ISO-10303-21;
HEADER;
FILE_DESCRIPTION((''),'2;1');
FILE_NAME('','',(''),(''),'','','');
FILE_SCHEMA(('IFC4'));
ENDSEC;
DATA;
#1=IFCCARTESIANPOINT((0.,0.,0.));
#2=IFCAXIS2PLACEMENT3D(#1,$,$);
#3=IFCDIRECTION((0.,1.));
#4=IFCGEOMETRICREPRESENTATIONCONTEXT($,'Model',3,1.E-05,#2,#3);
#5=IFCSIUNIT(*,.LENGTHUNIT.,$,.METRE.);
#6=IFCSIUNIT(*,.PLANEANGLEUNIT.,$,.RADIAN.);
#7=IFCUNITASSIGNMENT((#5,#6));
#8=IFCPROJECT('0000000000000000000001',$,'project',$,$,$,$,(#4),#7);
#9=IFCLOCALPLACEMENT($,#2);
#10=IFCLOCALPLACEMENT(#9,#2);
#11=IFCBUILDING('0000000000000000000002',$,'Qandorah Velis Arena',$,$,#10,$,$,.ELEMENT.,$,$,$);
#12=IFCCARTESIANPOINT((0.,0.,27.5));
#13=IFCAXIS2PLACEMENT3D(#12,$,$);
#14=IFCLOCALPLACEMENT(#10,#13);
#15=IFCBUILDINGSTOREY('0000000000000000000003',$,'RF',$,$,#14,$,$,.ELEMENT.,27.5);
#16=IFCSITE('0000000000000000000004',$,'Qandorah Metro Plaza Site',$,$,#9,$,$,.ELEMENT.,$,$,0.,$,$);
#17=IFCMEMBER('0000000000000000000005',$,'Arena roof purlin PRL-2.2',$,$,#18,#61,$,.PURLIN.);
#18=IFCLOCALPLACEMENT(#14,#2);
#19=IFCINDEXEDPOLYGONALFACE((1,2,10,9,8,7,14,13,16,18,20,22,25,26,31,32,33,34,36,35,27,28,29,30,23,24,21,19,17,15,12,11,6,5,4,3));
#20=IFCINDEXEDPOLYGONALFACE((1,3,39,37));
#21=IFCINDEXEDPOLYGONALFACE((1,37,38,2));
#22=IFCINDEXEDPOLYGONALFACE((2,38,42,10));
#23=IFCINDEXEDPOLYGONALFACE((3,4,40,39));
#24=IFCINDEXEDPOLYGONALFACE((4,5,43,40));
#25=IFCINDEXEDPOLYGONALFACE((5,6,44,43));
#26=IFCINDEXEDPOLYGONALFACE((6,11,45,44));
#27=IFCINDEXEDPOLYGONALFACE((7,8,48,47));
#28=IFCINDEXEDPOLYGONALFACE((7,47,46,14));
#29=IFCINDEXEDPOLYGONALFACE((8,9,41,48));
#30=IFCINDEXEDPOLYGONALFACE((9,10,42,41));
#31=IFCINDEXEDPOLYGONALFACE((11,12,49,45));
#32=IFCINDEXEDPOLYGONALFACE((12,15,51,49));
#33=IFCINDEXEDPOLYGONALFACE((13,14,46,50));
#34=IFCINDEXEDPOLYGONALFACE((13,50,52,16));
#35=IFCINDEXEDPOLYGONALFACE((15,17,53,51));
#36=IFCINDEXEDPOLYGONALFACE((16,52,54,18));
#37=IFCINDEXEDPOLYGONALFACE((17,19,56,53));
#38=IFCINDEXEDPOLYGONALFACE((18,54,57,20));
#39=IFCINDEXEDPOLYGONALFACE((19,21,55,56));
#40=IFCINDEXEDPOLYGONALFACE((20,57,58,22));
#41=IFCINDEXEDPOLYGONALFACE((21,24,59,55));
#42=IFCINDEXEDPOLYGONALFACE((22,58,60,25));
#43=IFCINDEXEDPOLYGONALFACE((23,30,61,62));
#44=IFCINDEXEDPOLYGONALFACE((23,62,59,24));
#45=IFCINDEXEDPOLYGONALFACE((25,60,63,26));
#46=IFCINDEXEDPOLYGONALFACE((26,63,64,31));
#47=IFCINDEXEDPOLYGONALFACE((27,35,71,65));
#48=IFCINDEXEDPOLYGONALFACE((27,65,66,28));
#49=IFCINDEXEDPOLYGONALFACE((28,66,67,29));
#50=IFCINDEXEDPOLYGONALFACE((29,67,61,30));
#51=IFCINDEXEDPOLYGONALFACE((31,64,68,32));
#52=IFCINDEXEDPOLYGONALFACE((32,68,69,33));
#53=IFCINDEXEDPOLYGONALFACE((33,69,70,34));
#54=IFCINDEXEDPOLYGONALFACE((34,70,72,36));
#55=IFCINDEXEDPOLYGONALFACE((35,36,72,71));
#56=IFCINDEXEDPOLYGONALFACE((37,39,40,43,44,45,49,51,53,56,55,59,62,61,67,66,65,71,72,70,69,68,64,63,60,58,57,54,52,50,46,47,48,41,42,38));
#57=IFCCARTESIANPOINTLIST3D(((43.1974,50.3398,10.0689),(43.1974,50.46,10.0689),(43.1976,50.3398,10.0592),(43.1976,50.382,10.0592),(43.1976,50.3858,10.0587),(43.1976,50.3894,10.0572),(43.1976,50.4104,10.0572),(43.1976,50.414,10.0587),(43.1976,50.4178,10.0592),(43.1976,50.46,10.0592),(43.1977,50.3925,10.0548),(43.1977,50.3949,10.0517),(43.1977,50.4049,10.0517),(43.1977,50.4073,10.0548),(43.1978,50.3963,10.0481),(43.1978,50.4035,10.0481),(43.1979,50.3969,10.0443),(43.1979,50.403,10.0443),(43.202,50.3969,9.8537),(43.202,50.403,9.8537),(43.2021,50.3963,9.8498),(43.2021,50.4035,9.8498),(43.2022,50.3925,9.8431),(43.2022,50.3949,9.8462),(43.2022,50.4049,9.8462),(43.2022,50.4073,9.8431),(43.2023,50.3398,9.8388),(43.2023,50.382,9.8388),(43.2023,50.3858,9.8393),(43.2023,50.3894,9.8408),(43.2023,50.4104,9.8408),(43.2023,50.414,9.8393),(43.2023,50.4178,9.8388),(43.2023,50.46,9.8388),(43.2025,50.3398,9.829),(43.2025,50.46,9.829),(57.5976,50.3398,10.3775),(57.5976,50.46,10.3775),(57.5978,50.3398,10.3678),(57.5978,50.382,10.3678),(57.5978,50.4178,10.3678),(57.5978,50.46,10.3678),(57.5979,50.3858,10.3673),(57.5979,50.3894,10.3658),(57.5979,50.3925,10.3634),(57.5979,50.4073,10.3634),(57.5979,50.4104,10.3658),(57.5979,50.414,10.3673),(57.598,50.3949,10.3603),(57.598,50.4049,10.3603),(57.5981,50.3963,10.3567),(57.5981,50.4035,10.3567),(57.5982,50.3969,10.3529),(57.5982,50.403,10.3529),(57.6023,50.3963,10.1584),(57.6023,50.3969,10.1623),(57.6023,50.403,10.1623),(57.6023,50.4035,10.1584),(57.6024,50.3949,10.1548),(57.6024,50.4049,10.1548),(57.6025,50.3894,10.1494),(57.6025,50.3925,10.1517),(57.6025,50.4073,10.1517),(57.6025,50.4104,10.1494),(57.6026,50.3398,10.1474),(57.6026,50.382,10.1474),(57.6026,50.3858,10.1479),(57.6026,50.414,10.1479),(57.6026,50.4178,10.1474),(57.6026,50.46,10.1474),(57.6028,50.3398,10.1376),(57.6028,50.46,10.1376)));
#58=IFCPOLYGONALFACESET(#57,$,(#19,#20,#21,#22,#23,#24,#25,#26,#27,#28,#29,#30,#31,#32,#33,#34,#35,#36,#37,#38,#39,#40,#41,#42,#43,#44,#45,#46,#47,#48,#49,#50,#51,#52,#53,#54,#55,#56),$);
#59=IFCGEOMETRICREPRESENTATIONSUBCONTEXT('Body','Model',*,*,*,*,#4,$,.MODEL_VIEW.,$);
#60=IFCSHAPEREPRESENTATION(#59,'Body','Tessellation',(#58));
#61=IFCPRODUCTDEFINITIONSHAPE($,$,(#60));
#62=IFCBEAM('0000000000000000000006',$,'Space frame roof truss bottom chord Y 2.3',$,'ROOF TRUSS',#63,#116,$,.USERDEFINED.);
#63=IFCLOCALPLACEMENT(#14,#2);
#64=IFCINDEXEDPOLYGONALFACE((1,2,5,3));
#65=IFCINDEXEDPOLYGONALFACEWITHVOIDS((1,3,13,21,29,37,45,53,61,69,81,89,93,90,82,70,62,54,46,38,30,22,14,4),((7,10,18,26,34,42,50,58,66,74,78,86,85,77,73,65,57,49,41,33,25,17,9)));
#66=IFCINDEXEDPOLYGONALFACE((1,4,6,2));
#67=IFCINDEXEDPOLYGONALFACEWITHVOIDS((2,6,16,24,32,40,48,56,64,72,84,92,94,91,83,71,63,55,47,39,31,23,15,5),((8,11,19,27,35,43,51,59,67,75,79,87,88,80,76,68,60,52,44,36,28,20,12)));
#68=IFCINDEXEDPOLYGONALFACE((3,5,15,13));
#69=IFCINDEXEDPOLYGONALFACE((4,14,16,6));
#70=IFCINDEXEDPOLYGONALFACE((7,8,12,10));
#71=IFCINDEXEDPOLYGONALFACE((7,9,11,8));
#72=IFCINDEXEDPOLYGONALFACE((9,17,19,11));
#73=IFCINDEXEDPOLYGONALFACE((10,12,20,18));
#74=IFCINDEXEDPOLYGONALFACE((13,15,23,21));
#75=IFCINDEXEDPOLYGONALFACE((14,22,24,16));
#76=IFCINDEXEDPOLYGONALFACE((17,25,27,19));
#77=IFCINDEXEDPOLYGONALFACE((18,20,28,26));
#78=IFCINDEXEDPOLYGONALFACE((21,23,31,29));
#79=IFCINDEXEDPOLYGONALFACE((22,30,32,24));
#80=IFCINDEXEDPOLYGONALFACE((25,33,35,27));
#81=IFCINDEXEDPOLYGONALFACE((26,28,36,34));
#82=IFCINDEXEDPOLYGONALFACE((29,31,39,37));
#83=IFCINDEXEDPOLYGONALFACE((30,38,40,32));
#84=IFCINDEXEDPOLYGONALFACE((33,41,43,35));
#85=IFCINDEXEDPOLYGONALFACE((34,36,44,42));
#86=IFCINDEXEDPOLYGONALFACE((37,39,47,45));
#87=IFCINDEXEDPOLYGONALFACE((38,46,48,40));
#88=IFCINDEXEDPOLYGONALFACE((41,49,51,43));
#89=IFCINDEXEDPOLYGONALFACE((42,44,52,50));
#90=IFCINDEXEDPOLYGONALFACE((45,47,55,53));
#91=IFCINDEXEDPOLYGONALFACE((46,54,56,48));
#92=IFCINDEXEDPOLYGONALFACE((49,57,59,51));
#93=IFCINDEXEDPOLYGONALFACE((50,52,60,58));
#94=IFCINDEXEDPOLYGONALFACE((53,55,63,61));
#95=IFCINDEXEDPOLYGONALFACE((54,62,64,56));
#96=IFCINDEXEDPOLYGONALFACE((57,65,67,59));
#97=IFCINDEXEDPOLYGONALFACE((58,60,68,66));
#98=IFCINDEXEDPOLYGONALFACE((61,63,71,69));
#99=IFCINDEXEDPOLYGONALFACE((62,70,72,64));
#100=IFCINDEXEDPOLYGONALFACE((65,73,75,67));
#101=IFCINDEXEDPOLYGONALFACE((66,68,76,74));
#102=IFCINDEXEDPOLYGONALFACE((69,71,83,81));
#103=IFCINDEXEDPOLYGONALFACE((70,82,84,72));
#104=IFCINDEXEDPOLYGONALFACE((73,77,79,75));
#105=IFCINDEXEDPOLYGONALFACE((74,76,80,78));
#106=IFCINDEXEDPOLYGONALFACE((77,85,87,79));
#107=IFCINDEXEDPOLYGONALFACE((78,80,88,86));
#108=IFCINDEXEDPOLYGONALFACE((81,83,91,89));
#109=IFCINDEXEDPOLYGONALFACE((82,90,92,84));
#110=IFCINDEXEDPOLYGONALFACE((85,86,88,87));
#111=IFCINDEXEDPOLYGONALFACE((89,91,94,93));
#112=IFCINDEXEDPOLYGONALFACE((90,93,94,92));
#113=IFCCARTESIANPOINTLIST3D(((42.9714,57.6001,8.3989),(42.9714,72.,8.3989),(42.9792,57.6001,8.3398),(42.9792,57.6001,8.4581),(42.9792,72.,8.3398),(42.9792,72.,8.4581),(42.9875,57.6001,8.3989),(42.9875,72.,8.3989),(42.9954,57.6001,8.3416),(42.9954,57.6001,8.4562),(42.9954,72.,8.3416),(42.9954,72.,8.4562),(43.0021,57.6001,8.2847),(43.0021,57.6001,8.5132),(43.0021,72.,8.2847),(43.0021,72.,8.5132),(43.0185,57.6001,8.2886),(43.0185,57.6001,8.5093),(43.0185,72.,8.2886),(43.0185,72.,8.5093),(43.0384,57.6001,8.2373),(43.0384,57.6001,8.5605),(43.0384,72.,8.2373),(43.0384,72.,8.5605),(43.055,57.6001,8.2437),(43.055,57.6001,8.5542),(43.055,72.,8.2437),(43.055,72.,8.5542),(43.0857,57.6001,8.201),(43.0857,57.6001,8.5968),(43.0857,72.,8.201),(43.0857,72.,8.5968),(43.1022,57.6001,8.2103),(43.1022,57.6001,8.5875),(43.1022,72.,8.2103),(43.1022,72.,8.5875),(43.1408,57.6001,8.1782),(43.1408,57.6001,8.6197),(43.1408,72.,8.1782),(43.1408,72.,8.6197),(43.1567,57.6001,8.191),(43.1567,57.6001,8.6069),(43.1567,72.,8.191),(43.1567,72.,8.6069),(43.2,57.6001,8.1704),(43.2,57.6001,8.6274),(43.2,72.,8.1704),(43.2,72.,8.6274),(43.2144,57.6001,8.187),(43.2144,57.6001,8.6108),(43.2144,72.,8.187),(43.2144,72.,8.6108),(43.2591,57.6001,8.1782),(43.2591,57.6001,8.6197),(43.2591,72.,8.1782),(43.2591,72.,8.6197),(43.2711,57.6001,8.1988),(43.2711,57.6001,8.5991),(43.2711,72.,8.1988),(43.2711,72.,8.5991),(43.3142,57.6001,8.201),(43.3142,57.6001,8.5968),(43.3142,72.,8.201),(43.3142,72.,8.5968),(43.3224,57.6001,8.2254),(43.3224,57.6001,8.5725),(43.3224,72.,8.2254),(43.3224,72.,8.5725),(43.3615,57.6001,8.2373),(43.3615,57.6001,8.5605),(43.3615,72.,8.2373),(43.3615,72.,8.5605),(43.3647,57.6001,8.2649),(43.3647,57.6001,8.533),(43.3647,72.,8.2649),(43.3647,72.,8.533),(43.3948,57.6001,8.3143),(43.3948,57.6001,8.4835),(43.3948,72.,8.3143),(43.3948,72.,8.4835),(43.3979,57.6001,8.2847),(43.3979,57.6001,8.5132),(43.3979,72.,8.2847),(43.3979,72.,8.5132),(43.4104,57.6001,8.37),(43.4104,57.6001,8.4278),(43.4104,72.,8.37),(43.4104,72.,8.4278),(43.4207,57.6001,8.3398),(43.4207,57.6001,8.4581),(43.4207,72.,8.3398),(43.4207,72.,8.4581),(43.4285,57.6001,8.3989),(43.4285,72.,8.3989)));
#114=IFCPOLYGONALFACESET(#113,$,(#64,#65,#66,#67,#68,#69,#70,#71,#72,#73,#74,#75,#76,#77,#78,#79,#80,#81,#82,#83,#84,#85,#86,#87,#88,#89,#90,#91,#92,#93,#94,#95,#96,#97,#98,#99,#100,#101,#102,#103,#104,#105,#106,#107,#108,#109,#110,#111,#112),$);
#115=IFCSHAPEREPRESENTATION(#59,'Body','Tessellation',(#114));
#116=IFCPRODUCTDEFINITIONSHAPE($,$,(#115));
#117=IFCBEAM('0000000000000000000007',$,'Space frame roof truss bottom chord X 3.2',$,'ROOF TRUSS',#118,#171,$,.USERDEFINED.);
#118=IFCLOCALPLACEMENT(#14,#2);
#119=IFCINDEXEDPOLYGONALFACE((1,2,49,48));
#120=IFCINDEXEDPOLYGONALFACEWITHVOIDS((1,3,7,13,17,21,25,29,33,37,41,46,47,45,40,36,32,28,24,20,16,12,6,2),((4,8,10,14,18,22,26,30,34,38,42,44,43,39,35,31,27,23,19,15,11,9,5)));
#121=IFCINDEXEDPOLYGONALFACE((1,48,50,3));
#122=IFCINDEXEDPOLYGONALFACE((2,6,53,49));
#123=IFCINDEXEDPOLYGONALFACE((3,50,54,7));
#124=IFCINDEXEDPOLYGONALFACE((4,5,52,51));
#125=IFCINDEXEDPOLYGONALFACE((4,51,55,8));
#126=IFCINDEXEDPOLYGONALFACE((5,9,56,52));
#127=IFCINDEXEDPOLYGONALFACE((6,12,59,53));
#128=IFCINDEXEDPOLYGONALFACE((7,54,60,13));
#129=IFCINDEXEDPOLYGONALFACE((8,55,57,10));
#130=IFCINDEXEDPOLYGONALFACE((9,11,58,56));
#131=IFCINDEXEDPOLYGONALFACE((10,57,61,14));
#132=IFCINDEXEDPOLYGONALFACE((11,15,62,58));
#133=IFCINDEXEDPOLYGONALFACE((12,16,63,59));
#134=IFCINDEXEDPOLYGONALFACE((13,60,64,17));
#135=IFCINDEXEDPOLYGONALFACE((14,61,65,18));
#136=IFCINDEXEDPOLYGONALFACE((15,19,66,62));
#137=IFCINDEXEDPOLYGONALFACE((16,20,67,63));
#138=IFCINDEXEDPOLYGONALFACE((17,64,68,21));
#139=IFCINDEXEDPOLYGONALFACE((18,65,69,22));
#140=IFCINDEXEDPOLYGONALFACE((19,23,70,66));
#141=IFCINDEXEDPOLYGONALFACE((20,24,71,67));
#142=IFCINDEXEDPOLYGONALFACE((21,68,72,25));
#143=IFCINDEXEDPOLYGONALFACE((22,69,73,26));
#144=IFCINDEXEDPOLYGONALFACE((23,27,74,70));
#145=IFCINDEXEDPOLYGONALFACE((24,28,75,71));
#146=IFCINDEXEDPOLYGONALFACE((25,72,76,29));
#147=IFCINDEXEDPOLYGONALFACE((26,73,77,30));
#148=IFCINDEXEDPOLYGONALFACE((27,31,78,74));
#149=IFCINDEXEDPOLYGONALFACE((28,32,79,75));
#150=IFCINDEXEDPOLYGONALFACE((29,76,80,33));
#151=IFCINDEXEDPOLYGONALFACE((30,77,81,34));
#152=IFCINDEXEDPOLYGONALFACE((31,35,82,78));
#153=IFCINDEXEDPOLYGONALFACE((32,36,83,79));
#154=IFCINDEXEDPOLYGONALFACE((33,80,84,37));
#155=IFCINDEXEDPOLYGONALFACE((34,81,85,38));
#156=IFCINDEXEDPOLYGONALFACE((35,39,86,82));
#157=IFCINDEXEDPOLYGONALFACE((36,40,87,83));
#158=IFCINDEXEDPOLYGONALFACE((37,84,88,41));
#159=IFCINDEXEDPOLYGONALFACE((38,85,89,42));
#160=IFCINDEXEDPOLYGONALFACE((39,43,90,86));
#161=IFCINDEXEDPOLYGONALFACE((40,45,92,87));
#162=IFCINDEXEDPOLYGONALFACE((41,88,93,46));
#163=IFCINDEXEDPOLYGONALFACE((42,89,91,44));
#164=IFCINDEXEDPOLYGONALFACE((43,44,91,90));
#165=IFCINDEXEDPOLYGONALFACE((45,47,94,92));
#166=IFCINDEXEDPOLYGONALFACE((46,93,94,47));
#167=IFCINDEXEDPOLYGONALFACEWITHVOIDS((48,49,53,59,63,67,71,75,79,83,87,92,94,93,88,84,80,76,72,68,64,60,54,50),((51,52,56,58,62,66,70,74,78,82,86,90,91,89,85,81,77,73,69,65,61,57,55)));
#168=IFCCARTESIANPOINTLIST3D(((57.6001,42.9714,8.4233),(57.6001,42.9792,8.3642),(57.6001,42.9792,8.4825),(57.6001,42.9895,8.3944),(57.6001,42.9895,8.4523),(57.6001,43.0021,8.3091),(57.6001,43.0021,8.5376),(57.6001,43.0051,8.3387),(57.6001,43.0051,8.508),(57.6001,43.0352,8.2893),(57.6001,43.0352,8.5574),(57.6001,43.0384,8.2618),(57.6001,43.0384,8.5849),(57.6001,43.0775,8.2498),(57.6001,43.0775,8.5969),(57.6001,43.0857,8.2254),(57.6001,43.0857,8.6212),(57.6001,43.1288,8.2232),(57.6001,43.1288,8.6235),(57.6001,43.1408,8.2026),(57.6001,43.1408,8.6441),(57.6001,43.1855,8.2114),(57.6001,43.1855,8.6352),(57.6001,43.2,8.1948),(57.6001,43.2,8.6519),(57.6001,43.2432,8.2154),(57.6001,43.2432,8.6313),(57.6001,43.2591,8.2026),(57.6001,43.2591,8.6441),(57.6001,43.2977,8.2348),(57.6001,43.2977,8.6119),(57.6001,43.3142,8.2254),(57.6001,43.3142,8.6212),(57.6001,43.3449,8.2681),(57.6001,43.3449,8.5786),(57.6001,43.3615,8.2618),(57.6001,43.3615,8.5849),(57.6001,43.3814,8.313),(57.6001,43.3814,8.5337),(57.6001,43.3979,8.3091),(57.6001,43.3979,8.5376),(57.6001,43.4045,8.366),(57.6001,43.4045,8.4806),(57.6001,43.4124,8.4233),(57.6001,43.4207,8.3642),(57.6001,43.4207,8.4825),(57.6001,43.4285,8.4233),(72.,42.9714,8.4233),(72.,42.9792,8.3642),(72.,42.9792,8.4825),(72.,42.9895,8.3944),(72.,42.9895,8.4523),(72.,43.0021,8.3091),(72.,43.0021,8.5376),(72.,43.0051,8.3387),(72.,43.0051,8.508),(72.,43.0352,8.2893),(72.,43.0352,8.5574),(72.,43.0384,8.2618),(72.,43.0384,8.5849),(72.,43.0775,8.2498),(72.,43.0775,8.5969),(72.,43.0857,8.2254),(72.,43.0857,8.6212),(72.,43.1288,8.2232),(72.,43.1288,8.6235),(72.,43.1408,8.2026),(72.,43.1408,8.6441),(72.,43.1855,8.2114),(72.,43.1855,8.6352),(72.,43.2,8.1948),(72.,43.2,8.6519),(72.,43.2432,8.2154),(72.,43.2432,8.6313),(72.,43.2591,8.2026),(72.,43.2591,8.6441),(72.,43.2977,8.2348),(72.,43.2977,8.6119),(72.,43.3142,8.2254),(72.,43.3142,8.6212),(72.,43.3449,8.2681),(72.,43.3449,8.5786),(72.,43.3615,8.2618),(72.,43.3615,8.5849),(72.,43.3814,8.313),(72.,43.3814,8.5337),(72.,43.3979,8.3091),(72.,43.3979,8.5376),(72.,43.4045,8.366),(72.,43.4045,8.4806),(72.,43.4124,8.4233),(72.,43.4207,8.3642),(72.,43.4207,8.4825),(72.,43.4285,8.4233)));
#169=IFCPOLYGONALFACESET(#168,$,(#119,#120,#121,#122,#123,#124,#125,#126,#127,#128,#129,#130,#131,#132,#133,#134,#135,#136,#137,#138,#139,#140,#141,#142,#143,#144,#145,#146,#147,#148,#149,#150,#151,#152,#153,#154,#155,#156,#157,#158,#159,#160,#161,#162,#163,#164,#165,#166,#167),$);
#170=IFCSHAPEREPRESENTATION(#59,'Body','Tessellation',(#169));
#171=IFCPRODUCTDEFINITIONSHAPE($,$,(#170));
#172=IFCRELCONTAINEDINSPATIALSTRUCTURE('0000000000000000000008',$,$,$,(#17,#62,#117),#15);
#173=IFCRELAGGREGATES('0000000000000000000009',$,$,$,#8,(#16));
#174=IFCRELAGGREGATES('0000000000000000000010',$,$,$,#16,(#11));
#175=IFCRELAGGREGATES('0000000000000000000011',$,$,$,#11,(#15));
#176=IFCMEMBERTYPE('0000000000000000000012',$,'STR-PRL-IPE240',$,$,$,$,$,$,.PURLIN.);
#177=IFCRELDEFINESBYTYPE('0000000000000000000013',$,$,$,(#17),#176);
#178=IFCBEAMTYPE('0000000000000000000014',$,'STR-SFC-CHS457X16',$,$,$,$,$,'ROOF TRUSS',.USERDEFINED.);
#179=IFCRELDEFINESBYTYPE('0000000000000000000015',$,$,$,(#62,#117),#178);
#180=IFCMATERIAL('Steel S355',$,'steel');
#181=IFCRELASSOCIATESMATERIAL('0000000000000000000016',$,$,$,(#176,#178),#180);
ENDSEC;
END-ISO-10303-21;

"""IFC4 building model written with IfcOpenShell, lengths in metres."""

from ifc_helpers import new_model, si_unit, direction, frame, origin, origin_2d, place, context, subcontext, project, spatial, hollow_circle, i_section, extrude, material, material_profile, profile_set, type_object, element, save


model = new_model("IFC4")

# Units and contexts
model_context = context("Model", 3, precision=1e-05, world=origin(), true_north=direction((0.0, 1.0)))
body_context = subcontext(model_context, "Body", "Model", "MODEL_VIEW")
ifc_project = project(units=[si_unit("LENGTHUNIT", "METRE"), si_unit("PLANEANGLEUNIT", "RADIAN")], contexts=[model_context])

# Site, building, storey
site_placement = place(None, origin())
site = spatial("IfcSite", under=ifc_project, at=site_placement, Name="Qandorah Metro Plaza Site", CompositionType="ELEMENT", RefElevation=0.0)
building_placement = place(site_placement, origin())
building = spatial("IfcBuilding", under=site, at=building_placement, Name="Qandorah Velis Arena", CompositionType="ELEMENT")
storey_placement = place(building_placement, frame((0.0, 0.0, 27.5)))
storey = spatial("IfcBuildingStorey", under=building, at=storey_placement, Name="RF", CompositionType="ELEMENT", Elevation=27.5)

# Member
ifc_material_1 = material(Name="Steel S355", Category="steel")
ifc_material_profile_1 = material_profile(ifc_material_1, i_section(OverallWidth=0.1201, OverallDepth=0.24, WebThickness=0.0061, FlangeThickness=0.0098, FilletRadius=0.0149, at=origin_2d()), Name="IPE 240")
ifc_profile_set_1 = profile_set([ifc_material_profile_1], Name="Steel S355")
member_type_1 = type_object("IfcMemberType", Name="STR-PRL-IPE240", PredefinedType="PURLIN", material=ifc_profile_set_1)
member_1_placement = place(storey_placement, frame((43.2, 50.3999, 9.949), z_axis=(0.99977, 0.0, 0.021425), x_axis=(0.0, 1.0, 0.0)))
element("IfcMember", 1, at=member_1_placement, inside=storey, type_object=member_type_1, Name="Arena roof purlin PRL-2.2", PredefinedType="PURLIN", context=body_context, shape_type="SweptSolid", body=[
    extrude(i_section(OverallWidth=0.1201, OverallDepth=0.24, WebThickness=0.0061, FlangeThickness=0.0098, FilletRadius=0.0149, at=origin_2d()), origin(), (0.0, 0.0, 1.0), 14.4036),
])

# Beams
ifc_material_profile_2 = material_profile(ifc_material_1, hollow_circle(Radius=0.2285, WallThickness=0.0161, at=origin_2d()), Name="CHS 457x16")
ifc_profile_set_2 = profile_set([ifc_material_profile_2], Name="Steel S355")
beam_type_1 = type_object("IfcBeamType", Name="STR-SFC-CHS457X16", ElementType="ROOF TRUSS", PredefinedType="USERDEFINED", material=ifc_profile_set_2)
for number, where, z_axis, x_axis, name in (
    (2, (43.2, 57.6001, 8.3989), (0.0, 1.0, 0.0), (-1.0, 0.0, 0.0), "Space frame roof truss bottom chord Y 2.3"),
    (3, (57.6001, 43.2, 8.4233), (1.0, 0.0, 0.0), (0.0, 1.0, 0.0), "Space frame roof truss bottom chord X 3.2"),
):
    element("IfcBeam", number, at=place(storey_placement, frame(where, z_axis=z_axis, x_axis=x_axis)), inside=storey, type_object=beam_type_1, Name=name, ObjectType="ROOF TRUSS", PredefinedType="USERDEFINED", context=body_context, shape_type="SweptSolid", body=[
        extrude(hollow_circle(Radius=0.2285, WallThickness=0.0161, at=origin_2d()), origin(), (0.0, 0.0, 1.0), 14.3999),
    ])

save(model, "model.ifc")
